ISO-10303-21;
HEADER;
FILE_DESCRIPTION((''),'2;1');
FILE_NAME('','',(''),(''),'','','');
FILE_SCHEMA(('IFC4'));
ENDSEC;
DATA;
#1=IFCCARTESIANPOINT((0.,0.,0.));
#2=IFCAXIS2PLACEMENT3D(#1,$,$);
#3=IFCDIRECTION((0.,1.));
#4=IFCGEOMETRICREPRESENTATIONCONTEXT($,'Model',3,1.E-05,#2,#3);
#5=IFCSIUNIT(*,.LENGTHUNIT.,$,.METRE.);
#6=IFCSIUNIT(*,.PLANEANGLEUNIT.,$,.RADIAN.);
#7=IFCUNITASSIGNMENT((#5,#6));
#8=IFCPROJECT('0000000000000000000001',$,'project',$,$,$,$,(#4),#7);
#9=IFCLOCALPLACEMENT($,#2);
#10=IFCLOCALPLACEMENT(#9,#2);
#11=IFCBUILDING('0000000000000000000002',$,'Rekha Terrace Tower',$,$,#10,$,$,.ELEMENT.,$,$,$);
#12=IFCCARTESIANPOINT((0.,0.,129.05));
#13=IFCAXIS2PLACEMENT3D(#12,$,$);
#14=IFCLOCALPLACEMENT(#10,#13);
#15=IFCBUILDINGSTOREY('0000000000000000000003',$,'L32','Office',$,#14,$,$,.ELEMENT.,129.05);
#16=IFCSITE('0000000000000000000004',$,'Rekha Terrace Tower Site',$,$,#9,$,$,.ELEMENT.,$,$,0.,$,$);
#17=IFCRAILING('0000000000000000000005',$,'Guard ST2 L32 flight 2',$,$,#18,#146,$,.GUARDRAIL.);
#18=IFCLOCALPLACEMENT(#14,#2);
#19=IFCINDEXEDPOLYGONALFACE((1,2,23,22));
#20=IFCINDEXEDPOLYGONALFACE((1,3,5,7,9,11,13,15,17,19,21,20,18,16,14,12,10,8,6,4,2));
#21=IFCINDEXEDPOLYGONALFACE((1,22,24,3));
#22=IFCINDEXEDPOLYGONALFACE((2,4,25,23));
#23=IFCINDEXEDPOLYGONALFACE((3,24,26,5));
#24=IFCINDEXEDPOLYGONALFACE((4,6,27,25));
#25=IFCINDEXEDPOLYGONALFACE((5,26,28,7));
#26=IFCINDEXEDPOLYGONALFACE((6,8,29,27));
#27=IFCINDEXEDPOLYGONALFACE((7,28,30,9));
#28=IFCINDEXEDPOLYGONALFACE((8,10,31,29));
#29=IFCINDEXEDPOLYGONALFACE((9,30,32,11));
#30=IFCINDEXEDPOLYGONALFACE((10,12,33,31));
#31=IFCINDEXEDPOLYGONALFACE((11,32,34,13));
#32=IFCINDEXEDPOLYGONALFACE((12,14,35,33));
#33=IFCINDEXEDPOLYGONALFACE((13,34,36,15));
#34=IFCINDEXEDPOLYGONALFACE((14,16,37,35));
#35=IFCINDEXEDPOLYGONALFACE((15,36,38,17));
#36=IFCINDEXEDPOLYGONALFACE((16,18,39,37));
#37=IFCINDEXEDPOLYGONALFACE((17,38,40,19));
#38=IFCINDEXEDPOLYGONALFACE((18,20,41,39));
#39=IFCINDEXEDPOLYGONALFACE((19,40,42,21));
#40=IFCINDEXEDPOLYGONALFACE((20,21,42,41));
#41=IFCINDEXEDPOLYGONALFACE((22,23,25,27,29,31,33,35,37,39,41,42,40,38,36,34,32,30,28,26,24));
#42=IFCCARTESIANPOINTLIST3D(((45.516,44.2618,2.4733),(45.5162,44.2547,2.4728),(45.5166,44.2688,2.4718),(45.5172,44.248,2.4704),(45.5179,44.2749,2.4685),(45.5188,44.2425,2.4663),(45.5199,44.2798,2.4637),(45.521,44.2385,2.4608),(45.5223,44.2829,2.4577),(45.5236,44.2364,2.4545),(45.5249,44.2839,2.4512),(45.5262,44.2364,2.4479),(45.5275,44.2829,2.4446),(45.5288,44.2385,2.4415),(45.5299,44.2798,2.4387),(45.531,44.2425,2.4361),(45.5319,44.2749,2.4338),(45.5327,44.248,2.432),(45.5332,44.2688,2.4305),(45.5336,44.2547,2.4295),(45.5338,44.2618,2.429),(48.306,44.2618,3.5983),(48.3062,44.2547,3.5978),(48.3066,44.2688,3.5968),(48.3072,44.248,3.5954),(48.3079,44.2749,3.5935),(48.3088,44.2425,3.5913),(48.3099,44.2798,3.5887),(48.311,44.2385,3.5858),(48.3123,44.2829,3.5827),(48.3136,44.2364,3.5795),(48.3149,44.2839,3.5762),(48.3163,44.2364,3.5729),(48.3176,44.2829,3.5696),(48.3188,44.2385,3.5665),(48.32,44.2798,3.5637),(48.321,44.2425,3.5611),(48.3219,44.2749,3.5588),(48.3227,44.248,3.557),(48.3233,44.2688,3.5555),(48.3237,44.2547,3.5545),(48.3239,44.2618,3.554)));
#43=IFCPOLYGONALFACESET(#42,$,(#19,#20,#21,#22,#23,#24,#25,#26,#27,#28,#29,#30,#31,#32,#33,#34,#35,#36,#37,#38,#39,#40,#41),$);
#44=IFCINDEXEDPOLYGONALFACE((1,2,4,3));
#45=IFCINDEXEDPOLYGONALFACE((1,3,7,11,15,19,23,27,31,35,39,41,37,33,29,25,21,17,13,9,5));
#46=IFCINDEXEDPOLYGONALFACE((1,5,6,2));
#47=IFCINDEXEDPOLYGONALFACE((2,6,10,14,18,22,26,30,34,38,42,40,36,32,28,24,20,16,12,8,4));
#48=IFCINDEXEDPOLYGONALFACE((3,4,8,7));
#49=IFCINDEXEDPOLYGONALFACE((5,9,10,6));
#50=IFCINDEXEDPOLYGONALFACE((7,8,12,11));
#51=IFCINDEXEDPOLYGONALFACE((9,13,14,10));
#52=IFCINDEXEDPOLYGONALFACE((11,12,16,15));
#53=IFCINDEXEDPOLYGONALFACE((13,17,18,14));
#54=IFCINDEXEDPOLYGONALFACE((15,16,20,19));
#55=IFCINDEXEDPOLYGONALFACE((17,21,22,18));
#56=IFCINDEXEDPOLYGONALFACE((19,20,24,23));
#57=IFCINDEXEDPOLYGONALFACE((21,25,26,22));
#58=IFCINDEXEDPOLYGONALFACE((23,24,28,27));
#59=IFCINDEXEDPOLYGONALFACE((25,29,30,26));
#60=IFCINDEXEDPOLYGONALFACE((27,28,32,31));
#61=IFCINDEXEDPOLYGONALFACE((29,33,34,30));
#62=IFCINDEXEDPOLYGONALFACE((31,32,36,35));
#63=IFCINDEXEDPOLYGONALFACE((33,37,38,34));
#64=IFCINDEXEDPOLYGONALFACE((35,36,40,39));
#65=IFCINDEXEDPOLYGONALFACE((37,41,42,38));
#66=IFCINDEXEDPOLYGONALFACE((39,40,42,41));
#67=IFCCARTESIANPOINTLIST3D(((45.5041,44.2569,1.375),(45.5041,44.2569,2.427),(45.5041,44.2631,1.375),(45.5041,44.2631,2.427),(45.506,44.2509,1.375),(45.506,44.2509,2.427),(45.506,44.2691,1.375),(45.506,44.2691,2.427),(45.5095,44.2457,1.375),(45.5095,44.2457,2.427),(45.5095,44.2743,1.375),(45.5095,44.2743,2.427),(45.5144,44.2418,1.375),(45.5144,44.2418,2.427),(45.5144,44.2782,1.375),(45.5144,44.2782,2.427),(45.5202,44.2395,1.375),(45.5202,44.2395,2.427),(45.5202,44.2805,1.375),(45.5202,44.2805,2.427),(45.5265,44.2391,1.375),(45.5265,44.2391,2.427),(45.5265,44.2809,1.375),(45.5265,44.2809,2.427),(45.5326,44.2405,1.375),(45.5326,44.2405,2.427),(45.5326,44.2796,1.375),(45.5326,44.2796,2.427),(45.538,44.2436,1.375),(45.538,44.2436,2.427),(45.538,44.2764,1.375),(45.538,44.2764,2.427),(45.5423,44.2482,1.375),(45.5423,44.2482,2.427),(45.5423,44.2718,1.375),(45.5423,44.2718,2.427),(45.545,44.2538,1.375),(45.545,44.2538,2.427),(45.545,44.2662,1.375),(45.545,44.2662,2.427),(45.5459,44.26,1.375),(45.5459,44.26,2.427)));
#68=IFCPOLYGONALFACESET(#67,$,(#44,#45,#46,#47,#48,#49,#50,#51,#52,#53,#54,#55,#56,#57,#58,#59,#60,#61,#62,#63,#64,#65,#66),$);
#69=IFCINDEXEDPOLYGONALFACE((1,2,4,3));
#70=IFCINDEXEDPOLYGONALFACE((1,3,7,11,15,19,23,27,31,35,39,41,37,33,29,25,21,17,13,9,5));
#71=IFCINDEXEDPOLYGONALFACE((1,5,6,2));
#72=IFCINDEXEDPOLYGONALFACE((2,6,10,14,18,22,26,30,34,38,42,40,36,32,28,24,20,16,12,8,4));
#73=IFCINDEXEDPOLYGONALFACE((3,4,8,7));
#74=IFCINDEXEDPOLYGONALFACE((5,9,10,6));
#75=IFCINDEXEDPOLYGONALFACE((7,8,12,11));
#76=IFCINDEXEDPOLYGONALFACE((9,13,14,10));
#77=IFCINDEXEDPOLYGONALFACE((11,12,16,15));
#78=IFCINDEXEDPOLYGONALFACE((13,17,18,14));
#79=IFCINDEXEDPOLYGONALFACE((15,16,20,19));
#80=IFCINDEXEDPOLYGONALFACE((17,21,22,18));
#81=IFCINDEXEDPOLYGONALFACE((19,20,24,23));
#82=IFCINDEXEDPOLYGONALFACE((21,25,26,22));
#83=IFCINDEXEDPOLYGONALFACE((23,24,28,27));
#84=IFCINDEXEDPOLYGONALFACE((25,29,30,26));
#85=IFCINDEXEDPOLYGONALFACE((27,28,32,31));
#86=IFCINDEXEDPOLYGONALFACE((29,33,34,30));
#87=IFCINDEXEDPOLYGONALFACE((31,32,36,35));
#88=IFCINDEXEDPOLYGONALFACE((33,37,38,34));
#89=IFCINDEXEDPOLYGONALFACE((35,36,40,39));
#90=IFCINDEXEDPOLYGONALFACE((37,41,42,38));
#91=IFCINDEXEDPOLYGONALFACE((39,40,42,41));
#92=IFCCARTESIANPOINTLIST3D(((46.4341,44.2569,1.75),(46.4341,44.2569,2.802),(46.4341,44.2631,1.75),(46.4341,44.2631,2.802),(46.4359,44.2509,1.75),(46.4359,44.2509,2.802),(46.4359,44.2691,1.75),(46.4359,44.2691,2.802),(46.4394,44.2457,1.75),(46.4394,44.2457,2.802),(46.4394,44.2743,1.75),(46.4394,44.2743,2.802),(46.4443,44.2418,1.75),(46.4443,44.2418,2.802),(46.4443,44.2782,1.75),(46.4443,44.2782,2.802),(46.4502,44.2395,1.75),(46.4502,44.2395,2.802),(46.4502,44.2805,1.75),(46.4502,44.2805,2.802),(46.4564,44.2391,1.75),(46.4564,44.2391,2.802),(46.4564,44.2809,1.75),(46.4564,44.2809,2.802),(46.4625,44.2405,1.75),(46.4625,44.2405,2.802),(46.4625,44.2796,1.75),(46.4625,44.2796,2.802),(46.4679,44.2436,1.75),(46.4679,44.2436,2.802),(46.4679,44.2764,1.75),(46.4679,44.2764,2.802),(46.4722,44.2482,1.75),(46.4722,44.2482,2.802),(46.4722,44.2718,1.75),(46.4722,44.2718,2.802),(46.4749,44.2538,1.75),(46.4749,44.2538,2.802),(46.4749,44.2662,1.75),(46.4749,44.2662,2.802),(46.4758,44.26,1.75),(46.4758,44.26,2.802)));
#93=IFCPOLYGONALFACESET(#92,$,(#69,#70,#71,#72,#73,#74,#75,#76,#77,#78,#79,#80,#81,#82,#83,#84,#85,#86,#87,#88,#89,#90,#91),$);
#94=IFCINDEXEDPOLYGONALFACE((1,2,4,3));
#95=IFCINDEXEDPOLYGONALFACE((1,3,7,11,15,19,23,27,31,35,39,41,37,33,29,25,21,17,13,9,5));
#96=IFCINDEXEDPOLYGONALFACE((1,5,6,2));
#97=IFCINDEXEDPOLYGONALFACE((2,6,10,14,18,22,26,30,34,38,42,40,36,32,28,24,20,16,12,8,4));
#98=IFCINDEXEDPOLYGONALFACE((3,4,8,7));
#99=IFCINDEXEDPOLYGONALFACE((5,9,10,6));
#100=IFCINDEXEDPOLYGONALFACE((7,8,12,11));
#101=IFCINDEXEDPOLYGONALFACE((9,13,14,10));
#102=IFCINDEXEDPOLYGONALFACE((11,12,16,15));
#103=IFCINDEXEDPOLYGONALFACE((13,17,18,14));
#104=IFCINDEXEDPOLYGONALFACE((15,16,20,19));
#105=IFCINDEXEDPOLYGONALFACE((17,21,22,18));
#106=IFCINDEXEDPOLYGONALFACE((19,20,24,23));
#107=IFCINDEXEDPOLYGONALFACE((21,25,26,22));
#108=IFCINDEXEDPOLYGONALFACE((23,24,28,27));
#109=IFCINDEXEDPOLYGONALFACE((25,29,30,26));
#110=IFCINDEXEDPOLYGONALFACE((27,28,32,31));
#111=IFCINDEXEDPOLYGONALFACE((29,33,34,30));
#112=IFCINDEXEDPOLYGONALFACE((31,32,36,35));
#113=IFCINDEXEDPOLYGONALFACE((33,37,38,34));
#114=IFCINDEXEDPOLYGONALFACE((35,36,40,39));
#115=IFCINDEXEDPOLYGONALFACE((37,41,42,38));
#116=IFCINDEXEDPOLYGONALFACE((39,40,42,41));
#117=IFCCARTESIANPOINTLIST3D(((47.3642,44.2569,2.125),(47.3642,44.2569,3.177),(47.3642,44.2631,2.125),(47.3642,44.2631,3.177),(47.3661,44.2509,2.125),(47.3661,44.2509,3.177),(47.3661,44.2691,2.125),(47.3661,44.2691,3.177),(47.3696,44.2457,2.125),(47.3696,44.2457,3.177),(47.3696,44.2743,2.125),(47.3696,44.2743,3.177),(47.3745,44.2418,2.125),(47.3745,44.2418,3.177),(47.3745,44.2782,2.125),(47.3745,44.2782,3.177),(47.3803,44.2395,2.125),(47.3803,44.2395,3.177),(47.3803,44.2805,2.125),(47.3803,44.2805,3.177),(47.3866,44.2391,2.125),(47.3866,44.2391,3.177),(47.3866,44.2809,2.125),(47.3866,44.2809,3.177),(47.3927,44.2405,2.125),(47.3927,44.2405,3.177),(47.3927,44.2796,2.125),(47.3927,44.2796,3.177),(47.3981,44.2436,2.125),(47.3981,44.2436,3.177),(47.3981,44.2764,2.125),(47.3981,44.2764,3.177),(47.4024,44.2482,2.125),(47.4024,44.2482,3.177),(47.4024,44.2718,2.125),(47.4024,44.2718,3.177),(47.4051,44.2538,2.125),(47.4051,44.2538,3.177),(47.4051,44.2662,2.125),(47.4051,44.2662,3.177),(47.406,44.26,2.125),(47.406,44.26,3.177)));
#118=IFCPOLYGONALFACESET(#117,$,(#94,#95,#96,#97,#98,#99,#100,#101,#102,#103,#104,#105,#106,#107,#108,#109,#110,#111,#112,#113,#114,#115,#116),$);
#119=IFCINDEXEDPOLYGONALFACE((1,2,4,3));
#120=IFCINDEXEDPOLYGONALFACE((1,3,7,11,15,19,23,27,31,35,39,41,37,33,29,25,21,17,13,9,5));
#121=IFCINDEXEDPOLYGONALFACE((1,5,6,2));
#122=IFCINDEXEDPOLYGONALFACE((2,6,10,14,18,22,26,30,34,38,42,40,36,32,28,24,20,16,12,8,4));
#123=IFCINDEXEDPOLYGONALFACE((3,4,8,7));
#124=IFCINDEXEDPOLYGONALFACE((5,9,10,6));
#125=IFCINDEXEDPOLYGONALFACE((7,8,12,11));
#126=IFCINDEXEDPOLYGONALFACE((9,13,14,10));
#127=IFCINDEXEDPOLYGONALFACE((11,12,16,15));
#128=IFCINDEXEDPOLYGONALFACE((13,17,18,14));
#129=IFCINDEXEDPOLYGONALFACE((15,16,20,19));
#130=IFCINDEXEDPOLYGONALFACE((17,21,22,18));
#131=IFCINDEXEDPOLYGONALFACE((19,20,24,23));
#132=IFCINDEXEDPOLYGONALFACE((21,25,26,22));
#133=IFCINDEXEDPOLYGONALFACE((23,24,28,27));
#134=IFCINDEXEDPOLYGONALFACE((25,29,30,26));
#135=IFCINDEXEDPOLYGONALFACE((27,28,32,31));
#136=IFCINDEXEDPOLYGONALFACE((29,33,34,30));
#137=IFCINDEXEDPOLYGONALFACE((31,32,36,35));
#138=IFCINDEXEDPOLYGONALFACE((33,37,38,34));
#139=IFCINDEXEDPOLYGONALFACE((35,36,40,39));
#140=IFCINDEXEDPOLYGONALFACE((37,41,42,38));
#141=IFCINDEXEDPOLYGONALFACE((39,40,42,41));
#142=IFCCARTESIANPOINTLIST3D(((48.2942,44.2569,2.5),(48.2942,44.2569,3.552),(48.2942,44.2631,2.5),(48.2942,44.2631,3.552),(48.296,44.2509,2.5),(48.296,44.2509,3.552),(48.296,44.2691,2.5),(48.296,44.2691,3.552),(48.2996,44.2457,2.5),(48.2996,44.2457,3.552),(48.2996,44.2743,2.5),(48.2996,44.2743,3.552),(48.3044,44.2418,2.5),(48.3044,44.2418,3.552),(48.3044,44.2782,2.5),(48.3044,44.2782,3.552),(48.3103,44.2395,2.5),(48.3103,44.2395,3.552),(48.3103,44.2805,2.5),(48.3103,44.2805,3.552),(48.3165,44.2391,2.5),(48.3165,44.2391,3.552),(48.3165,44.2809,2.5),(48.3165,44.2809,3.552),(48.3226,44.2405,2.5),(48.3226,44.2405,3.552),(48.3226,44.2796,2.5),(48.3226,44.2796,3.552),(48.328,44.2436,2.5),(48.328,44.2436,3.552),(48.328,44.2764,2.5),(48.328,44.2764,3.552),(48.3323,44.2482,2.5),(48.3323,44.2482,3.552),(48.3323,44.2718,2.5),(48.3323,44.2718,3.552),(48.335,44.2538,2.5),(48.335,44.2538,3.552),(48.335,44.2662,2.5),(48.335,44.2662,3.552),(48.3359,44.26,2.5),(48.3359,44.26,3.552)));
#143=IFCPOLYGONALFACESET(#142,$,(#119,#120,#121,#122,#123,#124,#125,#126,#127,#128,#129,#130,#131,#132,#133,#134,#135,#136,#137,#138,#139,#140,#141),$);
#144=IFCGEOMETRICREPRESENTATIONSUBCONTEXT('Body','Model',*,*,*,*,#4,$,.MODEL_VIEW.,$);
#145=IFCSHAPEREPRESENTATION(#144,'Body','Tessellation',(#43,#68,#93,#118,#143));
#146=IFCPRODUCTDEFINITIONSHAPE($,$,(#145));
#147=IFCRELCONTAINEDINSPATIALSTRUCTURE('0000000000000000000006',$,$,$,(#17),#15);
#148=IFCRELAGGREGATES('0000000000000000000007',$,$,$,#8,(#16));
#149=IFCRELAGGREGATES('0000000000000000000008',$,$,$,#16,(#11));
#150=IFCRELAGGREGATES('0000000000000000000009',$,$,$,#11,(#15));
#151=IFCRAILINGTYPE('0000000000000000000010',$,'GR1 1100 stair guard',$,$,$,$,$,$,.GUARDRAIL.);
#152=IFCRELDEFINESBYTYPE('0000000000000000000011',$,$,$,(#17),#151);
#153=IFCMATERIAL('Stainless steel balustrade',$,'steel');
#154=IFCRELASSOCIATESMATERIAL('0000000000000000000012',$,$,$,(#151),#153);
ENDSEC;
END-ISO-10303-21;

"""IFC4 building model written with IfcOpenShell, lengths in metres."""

from ifc_helpers import new_model, si_unit, direction, frame, origin, origin_2d, place, context, subcontext, project, spatial, circle, extrude, material, type_object, element, save


model = new_model("IFC4")

# Units and contexts
model_context = context("Model", 3, precision=1e-05, world=origin(), true_north=direction((0.0, 1.0)))
body_context = subcontext(model_context, "Body", "Model", "MODEL_VIEW")
ifc_project = project(units=[si_unit("LENGTHUNIT", "METRE"), si_unit("PLANEANGLEUNIT", "RADIAN")], contexts=[model_context])

# Site, building, storey
site_placement = place(None, origin())
site = spatial("IfcSite", under=ifc_project, at=site_placement, Name="Rekha Terrace Tower Site", CompositionType="ELEMENT", RefElevation=0.0)
building_placement = place(site_placement, origin())
building = spatial("IfcBuilding", under=site, at=building_placement, Name="Rekha Terrace Tower", CompositionType="ELEMENT")
storey_placement = place(building_placement, frame((0.0, 0.0, 129.05)))
storey = spatial("IfcBuildingStorey", under=building, at=storey_placement, Name="L32", Description="Office", CompositionType="ELEMENT", Elevation=129.05)

# Railing
ifc_material_1 = material(Name="Stainless steel balustrade", Category="steel")
railing_type_1 = type_object("IfcRailingType", Name="GR1 1100 stair guard", PredefinedType="GUARDRAIL", material=ifc_material_1)
railing_1_placement = place(storey_placement, frame((45.5249, 44.26, 1.375)))
element("IfcRailing", 1, at=railing_1_placement, inside=storey, type_object=railing_type_1, Name="Guard ST2 L32 flight 2", PredefinedType="GUARDRAIL", context=body_context, shape_type="SweptSolid", body=[
    extrude(circle(Radius=0.0239, at=origin_2d()), frame((0.0, 0.0, 1.0762), z_axis=(0.927443, 0.0, 0.373964), x_axis=(0.0, 1.0, 0.0)), (0.0, 0.0, 1.0), 3.0083),
    extrude(circle(Radius=0.021, at=origin_2d()), origin(), (0.0, 0.0, 1.0), 1.052),
    extrude(circle(Radius=0.021, at=origin_2d()), frame((0.9299, 0.0, 0.375)), (0.0, 0.0, 1.0), 1.052),
    extrude(circle(Radius=0.021, at=origin_2d()), frame((1.8601, 0.0, 0.75)), (0.0, 0.0, 1.0), 1.052),
    extrude(circle(Radius=0.021, at=origin_2d()), frame((2.79, 0.0, 1.125)), (0.0, 0.0, 1.0), 1.052),
])

save(model, "model.ifc")
